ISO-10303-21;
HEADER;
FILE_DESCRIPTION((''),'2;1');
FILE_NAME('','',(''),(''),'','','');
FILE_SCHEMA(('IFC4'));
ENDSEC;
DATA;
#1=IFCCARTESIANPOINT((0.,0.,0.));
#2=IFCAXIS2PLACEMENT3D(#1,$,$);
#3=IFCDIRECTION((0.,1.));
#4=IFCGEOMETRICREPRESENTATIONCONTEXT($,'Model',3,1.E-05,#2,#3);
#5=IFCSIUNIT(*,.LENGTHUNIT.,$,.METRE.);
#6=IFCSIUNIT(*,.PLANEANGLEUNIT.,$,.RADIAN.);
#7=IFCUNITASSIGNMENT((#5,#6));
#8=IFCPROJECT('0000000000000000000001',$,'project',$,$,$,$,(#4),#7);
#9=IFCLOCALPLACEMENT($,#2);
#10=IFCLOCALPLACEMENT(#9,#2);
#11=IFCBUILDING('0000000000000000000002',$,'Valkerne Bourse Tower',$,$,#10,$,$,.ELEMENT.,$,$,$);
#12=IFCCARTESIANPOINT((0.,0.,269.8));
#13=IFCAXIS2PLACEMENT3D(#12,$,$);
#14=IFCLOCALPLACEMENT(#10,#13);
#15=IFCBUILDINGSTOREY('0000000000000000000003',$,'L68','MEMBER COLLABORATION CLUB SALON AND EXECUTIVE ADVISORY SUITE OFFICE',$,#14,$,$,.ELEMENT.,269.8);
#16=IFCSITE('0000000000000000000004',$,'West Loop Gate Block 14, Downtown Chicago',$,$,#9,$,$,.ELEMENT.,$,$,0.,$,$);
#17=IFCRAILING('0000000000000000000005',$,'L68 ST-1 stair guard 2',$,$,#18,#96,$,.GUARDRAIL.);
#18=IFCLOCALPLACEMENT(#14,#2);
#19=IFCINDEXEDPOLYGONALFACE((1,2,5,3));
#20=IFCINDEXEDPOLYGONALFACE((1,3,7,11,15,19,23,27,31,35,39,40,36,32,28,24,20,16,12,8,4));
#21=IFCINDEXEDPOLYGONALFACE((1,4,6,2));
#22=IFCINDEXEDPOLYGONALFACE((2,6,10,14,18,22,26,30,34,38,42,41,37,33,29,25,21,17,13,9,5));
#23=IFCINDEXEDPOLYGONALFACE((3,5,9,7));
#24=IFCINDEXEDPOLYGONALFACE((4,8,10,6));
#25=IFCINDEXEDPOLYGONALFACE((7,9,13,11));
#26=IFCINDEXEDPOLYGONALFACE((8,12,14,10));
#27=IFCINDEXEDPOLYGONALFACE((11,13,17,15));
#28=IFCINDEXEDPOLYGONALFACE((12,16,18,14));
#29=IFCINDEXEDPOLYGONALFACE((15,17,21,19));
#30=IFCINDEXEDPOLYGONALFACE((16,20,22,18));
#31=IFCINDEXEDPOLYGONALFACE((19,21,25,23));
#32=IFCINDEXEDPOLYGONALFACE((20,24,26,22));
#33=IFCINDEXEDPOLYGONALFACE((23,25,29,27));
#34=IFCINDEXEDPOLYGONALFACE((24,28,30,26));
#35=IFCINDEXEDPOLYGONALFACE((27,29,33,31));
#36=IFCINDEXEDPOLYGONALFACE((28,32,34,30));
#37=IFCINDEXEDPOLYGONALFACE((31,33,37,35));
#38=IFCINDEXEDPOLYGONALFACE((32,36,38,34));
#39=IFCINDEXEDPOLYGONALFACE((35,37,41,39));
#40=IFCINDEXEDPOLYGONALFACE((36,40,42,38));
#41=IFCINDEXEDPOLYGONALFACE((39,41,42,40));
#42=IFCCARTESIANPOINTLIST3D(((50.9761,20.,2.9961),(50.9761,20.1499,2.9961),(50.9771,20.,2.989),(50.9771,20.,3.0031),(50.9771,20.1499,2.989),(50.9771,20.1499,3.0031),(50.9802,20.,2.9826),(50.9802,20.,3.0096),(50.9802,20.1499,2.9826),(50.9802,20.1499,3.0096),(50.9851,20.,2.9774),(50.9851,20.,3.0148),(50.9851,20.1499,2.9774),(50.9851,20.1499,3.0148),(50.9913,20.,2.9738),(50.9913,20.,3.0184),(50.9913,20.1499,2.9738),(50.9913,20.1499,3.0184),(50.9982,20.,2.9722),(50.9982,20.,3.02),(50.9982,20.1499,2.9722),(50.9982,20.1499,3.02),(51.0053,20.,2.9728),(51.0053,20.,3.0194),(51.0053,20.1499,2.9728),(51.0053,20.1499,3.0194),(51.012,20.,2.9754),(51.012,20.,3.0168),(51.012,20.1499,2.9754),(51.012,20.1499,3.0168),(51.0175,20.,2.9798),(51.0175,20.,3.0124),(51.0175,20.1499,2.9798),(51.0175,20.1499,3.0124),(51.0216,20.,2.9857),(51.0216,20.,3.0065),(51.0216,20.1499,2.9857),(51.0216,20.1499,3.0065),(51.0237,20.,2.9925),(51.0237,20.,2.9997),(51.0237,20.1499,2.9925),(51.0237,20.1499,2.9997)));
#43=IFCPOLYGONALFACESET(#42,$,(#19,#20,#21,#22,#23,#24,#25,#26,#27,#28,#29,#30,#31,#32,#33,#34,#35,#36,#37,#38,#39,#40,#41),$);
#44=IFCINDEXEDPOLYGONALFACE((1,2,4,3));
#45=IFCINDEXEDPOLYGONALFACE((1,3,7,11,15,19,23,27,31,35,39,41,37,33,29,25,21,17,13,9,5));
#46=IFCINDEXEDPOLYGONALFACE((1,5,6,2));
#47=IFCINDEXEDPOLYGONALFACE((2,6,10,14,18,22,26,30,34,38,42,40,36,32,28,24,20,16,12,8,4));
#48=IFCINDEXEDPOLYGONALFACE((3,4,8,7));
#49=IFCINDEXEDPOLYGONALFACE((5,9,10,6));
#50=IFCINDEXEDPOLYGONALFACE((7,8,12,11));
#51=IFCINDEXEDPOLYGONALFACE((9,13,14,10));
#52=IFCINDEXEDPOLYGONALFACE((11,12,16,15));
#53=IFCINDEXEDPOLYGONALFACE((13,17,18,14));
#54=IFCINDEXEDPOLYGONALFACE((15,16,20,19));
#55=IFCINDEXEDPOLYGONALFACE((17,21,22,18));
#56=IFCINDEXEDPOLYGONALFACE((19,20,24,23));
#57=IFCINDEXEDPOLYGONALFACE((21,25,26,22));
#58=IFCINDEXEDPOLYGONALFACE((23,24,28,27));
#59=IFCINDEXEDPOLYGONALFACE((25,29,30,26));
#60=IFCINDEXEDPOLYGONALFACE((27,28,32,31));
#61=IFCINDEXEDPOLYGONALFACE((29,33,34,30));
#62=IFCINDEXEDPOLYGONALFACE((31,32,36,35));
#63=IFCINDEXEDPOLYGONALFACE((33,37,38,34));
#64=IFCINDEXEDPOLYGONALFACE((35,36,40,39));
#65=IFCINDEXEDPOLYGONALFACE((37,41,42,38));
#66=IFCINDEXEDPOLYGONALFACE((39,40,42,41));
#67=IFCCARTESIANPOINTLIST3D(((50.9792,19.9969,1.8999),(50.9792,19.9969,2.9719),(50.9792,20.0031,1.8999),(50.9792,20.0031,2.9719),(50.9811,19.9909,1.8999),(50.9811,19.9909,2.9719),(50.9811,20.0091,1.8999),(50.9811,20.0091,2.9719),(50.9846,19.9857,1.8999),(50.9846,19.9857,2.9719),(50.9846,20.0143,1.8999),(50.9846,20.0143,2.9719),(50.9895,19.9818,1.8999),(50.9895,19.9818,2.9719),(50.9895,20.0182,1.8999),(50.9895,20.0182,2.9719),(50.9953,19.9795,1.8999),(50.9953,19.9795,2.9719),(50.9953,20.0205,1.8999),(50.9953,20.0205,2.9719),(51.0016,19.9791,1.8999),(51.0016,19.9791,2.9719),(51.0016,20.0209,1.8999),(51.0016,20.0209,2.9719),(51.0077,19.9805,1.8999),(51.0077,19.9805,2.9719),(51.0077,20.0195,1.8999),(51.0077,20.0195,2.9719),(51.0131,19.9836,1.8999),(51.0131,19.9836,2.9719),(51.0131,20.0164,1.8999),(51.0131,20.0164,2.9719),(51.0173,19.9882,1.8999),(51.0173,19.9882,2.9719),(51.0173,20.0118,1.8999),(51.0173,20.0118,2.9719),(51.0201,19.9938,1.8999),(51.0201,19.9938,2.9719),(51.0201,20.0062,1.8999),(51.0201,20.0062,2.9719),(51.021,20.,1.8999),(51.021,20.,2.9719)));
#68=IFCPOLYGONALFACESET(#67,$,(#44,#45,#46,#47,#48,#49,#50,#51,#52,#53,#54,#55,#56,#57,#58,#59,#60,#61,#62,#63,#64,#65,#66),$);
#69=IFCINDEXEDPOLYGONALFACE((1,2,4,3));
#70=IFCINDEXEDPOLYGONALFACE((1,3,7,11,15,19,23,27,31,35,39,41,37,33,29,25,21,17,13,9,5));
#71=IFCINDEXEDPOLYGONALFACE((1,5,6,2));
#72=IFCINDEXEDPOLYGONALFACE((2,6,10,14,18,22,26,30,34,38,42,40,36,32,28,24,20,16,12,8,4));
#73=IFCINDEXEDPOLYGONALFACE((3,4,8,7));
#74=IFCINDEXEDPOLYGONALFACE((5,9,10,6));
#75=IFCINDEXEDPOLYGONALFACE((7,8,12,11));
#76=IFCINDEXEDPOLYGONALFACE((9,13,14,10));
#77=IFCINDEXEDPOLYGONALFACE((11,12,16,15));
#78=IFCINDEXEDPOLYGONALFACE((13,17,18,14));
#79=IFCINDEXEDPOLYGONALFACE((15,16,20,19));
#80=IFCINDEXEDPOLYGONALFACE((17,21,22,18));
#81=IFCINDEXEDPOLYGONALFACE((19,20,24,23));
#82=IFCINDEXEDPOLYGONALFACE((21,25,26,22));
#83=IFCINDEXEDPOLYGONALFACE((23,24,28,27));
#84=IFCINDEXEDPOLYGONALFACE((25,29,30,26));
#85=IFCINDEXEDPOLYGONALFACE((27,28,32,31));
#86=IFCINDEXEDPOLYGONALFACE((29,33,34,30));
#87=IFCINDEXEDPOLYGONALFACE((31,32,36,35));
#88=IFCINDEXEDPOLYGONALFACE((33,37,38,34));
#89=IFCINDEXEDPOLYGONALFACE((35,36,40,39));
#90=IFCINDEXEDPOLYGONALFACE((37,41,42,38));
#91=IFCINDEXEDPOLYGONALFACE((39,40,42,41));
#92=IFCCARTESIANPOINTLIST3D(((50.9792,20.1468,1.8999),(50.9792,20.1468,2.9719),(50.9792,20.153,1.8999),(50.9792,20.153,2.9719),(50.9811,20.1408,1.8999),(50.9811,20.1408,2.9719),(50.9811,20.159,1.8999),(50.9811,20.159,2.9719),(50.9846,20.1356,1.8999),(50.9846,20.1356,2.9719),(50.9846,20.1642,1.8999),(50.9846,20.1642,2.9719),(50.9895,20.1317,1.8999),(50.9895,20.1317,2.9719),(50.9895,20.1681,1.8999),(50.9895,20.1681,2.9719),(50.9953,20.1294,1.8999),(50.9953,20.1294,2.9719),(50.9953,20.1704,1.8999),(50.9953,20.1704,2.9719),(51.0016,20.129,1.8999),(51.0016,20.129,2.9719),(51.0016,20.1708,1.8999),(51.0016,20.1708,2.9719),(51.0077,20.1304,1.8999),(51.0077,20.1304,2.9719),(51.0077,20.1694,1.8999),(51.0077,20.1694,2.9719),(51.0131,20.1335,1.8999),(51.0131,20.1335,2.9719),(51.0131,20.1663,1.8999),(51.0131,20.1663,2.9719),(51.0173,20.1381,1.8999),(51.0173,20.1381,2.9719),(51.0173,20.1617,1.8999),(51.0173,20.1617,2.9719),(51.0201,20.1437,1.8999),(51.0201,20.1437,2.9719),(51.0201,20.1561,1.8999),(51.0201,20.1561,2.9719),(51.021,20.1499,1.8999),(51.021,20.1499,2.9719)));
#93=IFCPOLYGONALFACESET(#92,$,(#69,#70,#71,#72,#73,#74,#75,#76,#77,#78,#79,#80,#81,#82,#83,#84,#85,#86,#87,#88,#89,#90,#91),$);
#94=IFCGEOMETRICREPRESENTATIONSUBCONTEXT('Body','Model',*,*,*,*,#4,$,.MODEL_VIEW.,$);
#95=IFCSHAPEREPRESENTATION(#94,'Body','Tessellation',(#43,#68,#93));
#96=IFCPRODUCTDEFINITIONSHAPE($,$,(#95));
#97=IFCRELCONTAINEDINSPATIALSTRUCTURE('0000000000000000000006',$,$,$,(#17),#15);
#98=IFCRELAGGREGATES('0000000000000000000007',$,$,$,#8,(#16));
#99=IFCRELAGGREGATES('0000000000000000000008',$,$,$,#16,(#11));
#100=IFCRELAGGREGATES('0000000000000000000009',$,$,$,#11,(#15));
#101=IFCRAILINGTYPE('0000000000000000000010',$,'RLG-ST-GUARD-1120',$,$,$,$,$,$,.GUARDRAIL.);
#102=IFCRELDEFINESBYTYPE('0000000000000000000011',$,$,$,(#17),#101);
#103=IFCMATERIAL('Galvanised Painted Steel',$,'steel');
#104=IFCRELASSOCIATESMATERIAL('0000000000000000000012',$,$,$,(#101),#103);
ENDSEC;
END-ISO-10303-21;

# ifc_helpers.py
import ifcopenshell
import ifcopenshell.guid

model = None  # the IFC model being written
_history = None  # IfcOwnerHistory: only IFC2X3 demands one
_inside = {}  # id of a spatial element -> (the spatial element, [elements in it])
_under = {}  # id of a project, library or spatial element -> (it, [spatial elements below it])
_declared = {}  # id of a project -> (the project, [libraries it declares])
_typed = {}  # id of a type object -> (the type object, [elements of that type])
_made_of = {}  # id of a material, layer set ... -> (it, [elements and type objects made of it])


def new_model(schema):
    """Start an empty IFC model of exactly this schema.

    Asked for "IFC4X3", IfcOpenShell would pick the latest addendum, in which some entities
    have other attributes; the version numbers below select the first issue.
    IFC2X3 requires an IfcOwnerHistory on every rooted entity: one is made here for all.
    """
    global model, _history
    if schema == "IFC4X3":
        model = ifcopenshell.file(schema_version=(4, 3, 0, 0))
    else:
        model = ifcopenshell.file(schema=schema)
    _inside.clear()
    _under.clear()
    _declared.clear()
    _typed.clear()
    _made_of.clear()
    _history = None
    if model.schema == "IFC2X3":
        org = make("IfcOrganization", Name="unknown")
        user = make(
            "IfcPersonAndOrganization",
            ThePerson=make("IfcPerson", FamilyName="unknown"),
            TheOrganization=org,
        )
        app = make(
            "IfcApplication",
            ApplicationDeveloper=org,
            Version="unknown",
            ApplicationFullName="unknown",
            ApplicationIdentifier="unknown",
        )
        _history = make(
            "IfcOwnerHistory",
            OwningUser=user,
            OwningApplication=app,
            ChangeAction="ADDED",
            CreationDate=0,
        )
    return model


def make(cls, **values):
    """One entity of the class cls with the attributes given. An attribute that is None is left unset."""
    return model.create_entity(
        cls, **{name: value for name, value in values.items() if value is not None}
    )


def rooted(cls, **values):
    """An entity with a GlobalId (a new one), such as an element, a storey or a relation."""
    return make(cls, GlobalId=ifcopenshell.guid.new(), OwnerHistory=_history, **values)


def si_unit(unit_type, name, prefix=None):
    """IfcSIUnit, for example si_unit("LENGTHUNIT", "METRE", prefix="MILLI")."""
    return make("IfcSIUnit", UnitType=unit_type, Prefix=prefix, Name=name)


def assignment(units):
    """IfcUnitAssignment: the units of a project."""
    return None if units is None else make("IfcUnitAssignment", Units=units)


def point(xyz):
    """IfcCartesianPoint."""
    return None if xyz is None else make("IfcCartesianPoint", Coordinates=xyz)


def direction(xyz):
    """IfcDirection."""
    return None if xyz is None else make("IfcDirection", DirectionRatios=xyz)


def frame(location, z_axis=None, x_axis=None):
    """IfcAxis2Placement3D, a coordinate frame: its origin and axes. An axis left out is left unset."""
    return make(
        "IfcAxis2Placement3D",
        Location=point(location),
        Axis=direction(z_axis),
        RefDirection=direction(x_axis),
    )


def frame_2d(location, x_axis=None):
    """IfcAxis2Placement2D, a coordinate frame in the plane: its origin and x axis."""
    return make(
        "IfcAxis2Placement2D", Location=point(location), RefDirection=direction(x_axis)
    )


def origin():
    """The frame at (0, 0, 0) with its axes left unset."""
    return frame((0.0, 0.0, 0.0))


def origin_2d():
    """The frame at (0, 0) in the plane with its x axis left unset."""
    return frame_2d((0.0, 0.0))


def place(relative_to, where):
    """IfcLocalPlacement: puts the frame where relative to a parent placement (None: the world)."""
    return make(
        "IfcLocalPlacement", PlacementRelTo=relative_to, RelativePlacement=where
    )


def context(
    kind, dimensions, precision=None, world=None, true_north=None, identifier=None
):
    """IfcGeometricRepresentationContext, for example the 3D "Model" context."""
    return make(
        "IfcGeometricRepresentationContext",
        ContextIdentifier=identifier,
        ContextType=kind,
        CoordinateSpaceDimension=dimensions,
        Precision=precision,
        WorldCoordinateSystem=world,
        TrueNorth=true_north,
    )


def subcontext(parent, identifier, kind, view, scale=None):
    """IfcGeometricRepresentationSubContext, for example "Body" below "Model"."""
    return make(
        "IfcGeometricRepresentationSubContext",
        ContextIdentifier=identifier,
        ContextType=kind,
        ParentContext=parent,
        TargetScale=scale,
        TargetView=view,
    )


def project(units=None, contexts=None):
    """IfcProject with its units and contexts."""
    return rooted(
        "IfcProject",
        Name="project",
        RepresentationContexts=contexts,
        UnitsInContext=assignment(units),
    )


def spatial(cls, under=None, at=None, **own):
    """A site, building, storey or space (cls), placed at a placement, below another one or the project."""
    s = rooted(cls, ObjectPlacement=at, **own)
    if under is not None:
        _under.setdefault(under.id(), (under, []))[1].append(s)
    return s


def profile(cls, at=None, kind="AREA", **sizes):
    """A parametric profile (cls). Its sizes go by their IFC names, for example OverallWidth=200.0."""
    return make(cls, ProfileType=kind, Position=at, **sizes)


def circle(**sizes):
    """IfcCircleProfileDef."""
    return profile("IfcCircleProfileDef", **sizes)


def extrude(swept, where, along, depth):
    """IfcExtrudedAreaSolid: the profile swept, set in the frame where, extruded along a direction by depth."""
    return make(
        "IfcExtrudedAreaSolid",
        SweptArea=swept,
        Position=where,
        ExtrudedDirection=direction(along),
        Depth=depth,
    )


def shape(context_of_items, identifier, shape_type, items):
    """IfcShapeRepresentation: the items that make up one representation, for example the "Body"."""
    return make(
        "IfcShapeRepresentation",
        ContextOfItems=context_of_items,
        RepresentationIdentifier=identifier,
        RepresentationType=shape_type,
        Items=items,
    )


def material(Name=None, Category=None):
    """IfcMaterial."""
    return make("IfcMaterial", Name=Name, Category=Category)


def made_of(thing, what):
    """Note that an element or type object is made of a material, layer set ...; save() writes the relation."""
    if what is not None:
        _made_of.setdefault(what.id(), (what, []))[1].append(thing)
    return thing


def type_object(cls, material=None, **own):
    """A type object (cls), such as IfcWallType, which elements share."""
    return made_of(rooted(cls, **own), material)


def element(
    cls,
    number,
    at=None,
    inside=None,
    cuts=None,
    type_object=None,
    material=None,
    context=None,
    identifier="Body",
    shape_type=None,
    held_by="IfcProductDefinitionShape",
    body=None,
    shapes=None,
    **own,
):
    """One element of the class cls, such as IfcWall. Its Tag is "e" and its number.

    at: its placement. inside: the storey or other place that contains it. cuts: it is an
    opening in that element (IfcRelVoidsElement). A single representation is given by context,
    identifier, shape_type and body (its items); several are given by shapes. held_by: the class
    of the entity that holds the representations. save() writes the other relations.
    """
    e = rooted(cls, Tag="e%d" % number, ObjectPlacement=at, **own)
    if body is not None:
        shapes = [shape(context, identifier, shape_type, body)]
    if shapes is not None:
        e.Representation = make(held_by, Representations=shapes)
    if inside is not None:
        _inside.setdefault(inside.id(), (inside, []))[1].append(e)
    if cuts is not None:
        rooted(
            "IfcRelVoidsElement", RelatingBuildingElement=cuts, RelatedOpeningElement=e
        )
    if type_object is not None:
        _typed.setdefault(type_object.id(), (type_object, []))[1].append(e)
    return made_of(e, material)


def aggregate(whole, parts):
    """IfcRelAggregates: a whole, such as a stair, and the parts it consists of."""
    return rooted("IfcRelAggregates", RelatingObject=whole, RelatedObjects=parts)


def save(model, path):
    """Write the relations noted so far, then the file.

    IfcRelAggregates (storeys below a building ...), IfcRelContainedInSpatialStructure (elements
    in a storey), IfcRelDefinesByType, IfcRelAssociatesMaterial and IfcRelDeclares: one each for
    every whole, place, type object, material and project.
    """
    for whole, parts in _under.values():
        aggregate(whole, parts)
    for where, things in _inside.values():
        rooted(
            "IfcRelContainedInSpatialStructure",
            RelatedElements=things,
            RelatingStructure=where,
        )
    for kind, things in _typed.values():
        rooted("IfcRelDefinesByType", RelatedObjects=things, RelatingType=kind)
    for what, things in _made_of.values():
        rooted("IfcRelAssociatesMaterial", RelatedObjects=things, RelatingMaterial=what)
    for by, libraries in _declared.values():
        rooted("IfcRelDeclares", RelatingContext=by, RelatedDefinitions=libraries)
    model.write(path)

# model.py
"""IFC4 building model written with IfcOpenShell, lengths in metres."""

from ifc_helpers import new_model, si_unit, direction, frame, origin, origin_2d, place, context, subcontext, project, spatial, circle, extrude, material, type_object, element, save


model = new_model("IFC4")

# Units and contexts
model_context = context("Model", 3, precision=1e-05, world=origin(), true_north=direction((0.0, 1.0)))
body_context = subcontext(model_context, "Body", "Model", "MODEL_VIEW")
ifc_project = project(units=[si_unit("LENGTHUNIT", "METRE"), si_unit("PLANEANGLEUNIT", "RADIAN")], contexts=[model_context])

# Site, building, storey
site_placement = place(None, origin())
site = spatial("IfcSite", under=ifc_project, at=site_placement, Name="West Loop Gate Block 14, Downtown Chicago", CompositionType="ELEMENT", RefElevation=0.0)
building_placement = place(site_placement, origin())
building = spatial("IfcBuilding", under=site, at=building_placement, Name="Valkerne Bourse Tower", CompositionType="ELEMENT")
storey_placement = place(building_placement, frame((0.0, 0.0, 269.8)))
storey = spatial("IfcBuildingStorey", under=building, at=storey_placement, Name="L68", Description="MEMBER COLLABORATION CLUB SALON AND EXECUTIVE ADVISORY SUITE OFFICE", CompositionType="ELEMENT", Elevation=269.8)

# Shared definitions
ifc_material_1 = material(Name="Galvanised Painted Steel", Category="steel")

# Railing
railing_type_1 = type_object("IfcRailingType", Name="RLG-ST-GUARD-1120", PredefinedType="GUARDRAIL", material=ifc_material_1)
railing_1_placement = place(storey_placement, frame((51.0, 20.0, 1.8999)))
element("IfcRailing", 1, at=railing_1_placement, inside=storey, type_object=railing_type_1, Name="L68 ST-1 stair guard 2", PredefinedType="GUARDRAIL", context=body_context, shape_type="SweptSolid", body=[
    extrude(circle(Radius=0.0239, at=origin_2d()), frame((0.0, 0.0, 1.0962), z_axis=(0.0, 1.0, 0.0), x_axis=(-1.0, 0.0, 0.0)), (0.0, 0.0, 1.0), 0.1499),
    extrude(circle(Radius=0.021, at=origin_2d()), origin(), (0.0, 0.0, 1.0), 1.072),
    extrude(circle(Radius=0.021, at=origin_2d()), frame((0.0, 0.1499, 0.0)), (0.0, 0.0, 1.0), 1.072),
])

save(model, "model.ifc")
